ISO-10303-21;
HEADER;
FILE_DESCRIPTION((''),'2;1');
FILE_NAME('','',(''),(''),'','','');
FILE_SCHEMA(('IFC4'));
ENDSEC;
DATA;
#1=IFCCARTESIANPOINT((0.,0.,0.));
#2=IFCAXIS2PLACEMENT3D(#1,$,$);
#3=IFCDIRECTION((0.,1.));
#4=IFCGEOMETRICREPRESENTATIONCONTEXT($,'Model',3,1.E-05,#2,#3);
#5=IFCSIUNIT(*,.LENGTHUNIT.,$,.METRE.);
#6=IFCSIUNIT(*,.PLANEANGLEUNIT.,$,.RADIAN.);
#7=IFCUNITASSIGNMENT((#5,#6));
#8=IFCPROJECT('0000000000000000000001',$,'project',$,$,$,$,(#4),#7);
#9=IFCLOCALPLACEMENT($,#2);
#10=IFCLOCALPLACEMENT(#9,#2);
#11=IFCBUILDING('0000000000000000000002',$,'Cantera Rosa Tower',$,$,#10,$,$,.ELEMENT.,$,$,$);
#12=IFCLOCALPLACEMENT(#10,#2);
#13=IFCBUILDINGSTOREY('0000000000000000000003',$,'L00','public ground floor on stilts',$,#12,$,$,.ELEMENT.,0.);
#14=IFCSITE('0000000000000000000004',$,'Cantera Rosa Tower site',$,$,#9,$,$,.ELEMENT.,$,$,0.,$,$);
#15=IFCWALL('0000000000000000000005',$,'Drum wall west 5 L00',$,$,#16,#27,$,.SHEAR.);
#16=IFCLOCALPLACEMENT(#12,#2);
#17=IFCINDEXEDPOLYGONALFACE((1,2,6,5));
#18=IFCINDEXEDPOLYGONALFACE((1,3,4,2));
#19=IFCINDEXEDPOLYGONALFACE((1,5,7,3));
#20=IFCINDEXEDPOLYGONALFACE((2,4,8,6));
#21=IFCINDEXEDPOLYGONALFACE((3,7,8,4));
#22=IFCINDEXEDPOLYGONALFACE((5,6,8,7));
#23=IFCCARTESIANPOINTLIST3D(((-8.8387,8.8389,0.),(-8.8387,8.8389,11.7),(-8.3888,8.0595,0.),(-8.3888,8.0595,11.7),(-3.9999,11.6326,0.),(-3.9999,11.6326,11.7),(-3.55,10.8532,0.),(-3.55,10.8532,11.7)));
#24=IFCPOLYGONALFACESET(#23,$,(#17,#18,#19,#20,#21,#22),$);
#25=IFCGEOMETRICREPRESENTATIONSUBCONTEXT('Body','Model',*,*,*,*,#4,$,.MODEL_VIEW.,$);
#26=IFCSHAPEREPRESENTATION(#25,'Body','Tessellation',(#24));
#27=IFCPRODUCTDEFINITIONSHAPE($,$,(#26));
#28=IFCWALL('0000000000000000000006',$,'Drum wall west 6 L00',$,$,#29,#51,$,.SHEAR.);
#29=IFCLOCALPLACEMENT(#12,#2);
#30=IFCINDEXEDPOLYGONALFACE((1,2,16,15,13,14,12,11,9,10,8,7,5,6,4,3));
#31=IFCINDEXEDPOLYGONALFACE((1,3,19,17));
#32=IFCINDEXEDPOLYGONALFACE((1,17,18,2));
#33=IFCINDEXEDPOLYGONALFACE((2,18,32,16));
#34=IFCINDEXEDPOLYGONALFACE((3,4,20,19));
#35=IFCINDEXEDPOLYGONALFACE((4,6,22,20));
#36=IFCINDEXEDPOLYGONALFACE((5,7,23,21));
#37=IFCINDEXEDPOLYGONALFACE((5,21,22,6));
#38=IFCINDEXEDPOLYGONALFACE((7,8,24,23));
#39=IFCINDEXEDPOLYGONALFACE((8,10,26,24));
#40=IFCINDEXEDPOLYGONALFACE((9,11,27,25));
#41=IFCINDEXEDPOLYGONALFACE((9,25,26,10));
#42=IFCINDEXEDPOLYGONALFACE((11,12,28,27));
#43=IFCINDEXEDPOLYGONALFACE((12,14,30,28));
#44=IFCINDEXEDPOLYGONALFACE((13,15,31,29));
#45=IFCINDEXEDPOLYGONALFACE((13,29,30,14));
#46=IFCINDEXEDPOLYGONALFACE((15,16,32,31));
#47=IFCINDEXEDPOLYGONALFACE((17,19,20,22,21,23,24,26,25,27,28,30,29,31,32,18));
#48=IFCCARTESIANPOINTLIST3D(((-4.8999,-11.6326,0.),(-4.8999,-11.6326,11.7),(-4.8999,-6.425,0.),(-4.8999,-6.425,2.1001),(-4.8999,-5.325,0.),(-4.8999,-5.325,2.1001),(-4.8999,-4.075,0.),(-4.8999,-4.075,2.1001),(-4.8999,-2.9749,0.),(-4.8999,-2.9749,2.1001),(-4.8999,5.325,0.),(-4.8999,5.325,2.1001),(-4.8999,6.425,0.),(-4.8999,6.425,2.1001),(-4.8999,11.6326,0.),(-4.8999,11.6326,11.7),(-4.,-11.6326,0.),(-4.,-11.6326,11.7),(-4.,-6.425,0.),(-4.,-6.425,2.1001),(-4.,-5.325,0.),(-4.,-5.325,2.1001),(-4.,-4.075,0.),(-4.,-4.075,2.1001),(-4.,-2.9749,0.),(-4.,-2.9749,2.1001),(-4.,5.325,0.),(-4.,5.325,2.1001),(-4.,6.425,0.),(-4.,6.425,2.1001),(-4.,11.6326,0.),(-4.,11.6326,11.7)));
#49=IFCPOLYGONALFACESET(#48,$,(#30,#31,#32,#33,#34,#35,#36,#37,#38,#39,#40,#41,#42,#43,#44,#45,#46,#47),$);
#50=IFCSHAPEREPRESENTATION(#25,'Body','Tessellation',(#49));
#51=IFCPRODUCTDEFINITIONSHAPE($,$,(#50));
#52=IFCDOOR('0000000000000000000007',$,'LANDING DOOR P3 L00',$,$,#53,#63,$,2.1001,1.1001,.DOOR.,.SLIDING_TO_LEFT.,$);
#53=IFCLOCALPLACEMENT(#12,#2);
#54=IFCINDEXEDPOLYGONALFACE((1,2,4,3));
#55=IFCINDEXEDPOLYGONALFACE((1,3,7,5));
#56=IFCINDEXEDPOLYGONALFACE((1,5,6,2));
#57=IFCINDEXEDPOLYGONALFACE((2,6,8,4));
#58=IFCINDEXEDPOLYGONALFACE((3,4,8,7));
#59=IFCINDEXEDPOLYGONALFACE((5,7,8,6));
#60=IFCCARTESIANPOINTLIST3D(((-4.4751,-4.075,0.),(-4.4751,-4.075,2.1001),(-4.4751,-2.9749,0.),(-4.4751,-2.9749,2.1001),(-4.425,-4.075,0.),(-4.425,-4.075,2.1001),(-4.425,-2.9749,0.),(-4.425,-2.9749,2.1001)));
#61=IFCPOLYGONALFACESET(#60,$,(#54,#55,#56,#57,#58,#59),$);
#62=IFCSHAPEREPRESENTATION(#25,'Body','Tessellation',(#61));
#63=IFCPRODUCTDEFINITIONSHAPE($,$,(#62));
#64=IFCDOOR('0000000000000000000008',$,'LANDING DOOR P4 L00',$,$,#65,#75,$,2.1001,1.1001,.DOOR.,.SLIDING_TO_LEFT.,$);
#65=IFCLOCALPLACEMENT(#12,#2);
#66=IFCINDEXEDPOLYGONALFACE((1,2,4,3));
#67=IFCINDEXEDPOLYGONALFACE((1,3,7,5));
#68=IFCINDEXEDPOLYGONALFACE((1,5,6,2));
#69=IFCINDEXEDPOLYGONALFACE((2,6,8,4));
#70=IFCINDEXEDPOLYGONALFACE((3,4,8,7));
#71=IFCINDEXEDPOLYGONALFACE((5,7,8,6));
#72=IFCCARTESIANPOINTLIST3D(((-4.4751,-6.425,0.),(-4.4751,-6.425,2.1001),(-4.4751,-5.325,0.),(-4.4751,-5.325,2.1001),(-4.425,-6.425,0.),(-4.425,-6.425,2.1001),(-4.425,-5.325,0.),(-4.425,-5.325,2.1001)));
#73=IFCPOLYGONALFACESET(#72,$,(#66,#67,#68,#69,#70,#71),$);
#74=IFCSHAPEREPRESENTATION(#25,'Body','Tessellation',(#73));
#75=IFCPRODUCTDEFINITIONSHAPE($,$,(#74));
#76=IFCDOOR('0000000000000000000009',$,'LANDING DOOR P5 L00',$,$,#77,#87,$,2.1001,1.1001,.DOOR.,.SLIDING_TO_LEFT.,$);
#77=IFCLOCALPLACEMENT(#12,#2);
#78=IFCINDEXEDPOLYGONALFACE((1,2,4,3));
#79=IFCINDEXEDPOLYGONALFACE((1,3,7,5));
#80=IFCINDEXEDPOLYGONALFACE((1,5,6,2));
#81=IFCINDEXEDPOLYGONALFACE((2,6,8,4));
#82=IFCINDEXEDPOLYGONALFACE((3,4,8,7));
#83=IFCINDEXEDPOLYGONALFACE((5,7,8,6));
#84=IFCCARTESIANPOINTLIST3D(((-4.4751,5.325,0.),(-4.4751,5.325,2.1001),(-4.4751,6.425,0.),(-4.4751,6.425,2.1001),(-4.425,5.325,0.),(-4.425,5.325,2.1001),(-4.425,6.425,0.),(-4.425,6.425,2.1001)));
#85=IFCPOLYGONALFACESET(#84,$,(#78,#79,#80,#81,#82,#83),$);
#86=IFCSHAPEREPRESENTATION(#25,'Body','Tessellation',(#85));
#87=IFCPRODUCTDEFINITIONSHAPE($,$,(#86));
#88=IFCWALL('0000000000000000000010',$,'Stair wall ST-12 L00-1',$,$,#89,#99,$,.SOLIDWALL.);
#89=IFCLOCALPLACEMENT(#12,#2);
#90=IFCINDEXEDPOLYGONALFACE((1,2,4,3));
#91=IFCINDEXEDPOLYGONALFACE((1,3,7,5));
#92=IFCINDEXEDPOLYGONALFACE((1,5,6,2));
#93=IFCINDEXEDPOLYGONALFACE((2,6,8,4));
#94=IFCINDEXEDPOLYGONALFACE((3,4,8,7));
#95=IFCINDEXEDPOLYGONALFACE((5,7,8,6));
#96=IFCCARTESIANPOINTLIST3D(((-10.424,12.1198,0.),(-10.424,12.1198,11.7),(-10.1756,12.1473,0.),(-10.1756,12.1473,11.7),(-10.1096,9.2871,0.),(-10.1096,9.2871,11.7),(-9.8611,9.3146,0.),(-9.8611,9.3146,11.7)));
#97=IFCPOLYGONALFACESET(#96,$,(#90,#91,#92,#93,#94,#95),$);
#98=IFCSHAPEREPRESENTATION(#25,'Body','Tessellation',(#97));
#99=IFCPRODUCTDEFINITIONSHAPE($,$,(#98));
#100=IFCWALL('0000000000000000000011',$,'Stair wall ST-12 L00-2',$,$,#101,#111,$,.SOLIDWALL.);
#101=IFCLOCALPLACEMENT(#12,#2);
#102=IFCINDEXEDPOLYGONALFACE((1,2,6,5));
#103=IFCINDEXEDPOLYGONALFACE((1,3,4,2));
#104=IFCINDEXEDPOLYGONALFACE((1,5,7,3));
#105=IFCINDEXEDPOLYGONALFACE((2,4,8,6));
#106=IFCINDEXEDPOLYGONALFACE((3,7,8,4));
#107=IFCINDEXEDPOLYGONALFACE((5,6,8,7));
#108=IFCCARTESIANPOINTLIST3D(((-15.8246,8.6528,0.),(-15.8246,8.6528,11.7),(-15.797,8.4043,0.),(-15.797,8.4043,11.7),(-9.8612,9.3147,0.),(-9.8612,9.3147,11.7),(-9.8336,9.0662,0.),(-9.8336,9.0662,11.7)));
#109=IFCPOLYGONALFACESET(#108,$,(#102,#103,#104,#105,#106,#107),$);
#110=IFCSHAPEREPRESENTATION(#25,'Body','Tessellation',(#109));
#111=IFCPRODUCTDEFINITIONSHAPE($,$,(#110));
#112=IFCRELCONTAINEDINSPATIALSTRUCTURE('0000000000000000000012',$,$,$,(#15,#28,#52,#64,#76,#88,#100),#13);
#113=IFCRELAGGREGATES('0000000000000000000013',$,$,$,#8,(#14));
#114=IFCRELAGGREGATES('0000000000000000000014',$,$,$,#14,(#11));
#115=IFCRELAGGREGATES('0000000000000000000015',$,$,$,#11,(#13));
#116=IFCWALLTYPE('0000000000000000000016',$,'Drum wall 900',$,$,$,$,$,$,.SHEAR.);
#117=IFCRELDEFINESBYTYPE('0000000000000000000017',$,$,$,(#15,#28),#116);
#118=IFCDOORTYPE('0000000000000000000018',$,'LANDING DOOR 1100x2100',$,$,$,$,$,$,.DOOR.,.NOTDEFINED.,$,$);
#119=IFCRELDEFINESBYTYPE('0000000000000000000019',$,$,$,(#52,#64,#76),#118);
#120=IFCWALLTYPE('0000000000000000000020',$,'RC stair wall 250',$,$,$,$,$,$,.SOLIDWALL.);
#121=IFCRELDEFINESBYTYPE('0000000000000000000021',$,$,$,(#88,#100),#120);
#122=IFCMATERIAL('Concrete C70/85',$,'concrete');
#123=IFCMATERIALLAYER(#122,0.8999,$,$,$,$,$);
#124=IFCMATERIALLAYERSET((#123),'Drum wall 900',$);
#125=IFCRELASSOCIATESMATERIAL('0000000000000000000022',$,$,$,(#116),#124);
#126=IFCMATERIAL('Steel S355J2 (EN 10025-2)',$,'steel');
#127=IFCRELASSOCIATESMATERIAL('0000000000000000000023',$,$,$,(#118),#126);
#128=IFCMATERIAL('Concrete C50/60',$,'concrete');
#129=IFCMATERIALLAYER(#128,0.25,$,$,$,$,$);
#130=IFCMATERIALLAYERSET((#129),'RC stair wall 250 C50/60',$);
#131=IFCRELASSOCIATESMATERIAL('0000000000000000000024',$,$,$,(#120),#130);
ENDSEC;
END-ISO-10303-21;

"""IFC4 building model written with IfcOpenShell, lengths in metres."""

from ifc_helpers import new_model, si_unit, direction, frame, frame_2d, origin, place, context, subcontext, project, spatial, rectangle, extrude, material, layer, layer_set, type_object, element, fill, save


model = new_model("IFC4")

# Units and contexts
model_context = context("Model", 3, precision=1e-05, world=origin(), true_north=direction((0.0, 1.0)))
body_context = subcontext(model_context, "Body", "Model", "MODEL_VIEW")
ifc_project = project(units=[si_unit("LENGTHUNIT", "METRE"), si_unit("PLANEANGLEUNIT", "RADIAN")], contexts=[model_context])

# Site, building, storey
site_placement = place(None, origin())
site = spatial("IfcSite", under=ifc_project, at=site_placement, Name="Cantera Rosa Tower site", CompositionType="ELEMENT", RefElevation=0.0)
building_placement = place(site_placement, origin())
building = spatial("IfcBuilding", under=site, at=building_placement, Name="Cantera Rosa Tower", CompositionType="ELEMENT")
storey_placement = place(building_placement, origin())
storey = spatial("IfcBuildingStorey", under=building, at=storey_placement, Name="L00", Description="public ground floor on stilts", CompositionType="ELEMENT", Elevation=0.0)

# Wall
ifc_material_1 = material(Name="Concrete C70/85", Category="concrete")
ifc_layer_1 = layer(ifc_material_1, 0.8999)
ifc_layer_set_1 = layer_set([ifc_layer_1], Name="Drum wall 900")
wall_type_1 = type_object("IfcWallType", Name="Drum wall 900", PredefinedType="SHEAR", material=ifc_layer_set_1)
wall_1_placement = place(storey_placement, frame((-8.6138, 8.4492, 0.0), z_axis=(0.0, 0.0, 1.0), x_axis=(0.866027, 0.499997, 0.0)))
element("IfcWall", 1, at=wall_1_placement, inside=storey, type_object=wall_type_1, Name="Drum wall west 5 L00", PredefinedType="SHEAR", context=body_context, shape_type="SweptSolid", body=[
    extrude(rectangle(XDim=5.5874, YDim=0.8999, at=frame_2d((2.7937, 0.0))), origin(), (0.0, 0.0, 1.0), 11.7),
])

# Wall, openings, doors
wall_2_placement = place(storey_placement, frame((-4.45, 11.6326, 0.0), z_axis=(0.0, 0.0, 1.0), x_axis=(0.0, -1.0, 0.0)))
wall_2 = element("IfcWall", 2, at=wall_2_placement, inside=storey, type_object=wall_type_1, Name="Drum wall west 6 L00", PredefinedType="SHEAR", context=body_context, shape_type="SweptSolid", body=[
    extrude(rectangle(XDim=23.2651, YDim=0.8999, at=frame_2d((11.6326, 0.0))), origin(), (0.0, 0.0, 1.0), 11.7),
])
opening_1_placement = place(wall_2_placement, frame((14.6074, 0.0, 0.0)))
opening_1 = element("IfcOpeningElement", 3, at=opening_1_placement, cuts=wall_2, PredefinedType="OPENING", context=body_context, shape_type="SweptSolid", body=[
    extrude(rectangle(XDim=1.1001, YDim=2.1001, at=frame_2d((0.55, 1.05))), frame((0.0, 0.46, 0.0), z_axis=(0.0, -1.0, 0.0), x_axis=(1.0, 0.0, 0.0)), (0.0, 0.0, 1.0), 0.9199),
])
opening_2_placement = place(wall_2_placement, frame((16.9575, 0.0, 0.0)))
opening_2 = element("IfcOpeningElement", 4, at=opening_2_placement, cuts=wall_2, PredefinedType="OPENING", context=body_context, shape_type="SweptSolid", body=[
    extrude(rectangle(XDim=1.1001, YDim=2.1001, at=frame_2d((0.55, 1.05))), frame((0.0, 0.46, 0.0), z_axis=(0.0, -1.0, 0.0), x_axis=(1.0, 0.0, 0.0)), (0.0, 0.0, 1.0), 0.9199),
])
opening_3_placement = place(wall_2_placement, frame((5.2075, 0.0, 0.0)))
opening_3 = element("IfcOpeningElement", 5, at=opening_3_placement, cuts=wall_2, PredefinedType="OPENING", context=body_context, shape_type="SweptSolid", body=[
    extrude(rectangle(XDim=1.1001, YDim=2.1001, at=frame_2d((0.55, 1.05))), frame((0.0, 0.46, 0.0), z_axis=(0.0, -1.0, 0.0), x_axis=(1.0, 0.0, 0.0)), (0.0, 0.0, 1.0), 0.9199),
])
ifc_material_2 = material(Name="Steel S355J2 (EN 10025-2)", Category="steel")
door_type = type_object("IfcDoorType", Name="LANDING DOOR 1100x2100", OperationType="NOTDEFINED", PredefinedType="DOOR", material=ifc_material_2)
door_1_placement = place(opening_1_placement, origin())
door_1 = element("IfcDoor", 6, at=door_1_placement, inside=storey, type_object=door_type, Name="LANDING DOOR P3 L00", OperationType="SLIDING_TO_LEFT", OverallHeight=2.1001, OverallWidth=1.1001, PredefinedType="DOOR", context=body_context, shape_type="SweptSolid", body=[
    extrude(rectangle(XDim=1.1001, YDim=2.1001, at=frame_2d((0.55, 1.05))), frame((0.0, 0.0249, 0.0), z_axis=(0.0, -1.0, 0.0), x_axis=(1.0, 0.0, 0.0)), (0.0, 0.0, 1.0), 0.05),
])
fill(opening_1, door_1)
door_2_placement = place(opening_2_placement, origin())
door_2 = element("IfcDoor", 7, at=door_2_placement, inside=storey, type_object=door_type, Name="LANDING DOOR P4 L00", OperationType="SLIDING_TO_LEFT", OverallHeight=2.1001, OverallWidth=1.1001, PredefinedType="DOOR", context=body_context, shape_type="SweptSolid", body=[
    extrude(rectangle(XDim=1.1001, YDim=2.1001, at=frame_2d((0.55, 1.05))), frame((0.0, 0.0249, 0.0), z_axis=(0.0, -1.0, 0.0), x_axis=(1.0, 0.0, 0.0)), (0.0, 0.0, 1.0), 0.05),
])
fill(opening_2, door_2)
door_3_placement = place(opening_3_placement, origin())
door_3 = element("IfcDoor", 8, at=door_3_placement, inside=storey, type_object=door_type, Name="LANDING DOOR P5 L00", OperationType="SLIDING_TO_LEFT", OverallHeight=2.1001, OverallWidth=1.1001, PredefinedType="DOOR", context=body_context, shape_type="SweptSolid", body=[
    extrude(rectangle(XDim=1.1001, YDim=2.1001, at=frame_2d((0.55, 1.05))), frame((0.0, 0.0249, 0.0), z_axis=(0.0, -1.0, 0.0), x_axis=(1.0, 0.0, 0.0)), (0.0, 0.0, 1.0), 0.05),
])
fill(opening_3, door_3)

# Walls
ifc_material_3 = material(Name="Concrete C50/60", Category="concrete")
ifc_layer_2 = layer(ifc_material_3, 0.25)
ifc_layer_set_2 = layer_set([ifc_layer_2], Name="RC stair wall 250 C50/60")
wall_type_2 = type_object("IfcWallType", Name="RC stair wall 250", PredefinedType="SOLIDWALL", material=ifc_layer_set_2)
wall_3_placement = place(storey_placement, frame((-10.2998, 12.1335, 0.0), z_axis=(0.0, 0.0, 1.0), x_axis=(0.110328, -0.993895, 0.0)))
element("IfcWall", 9, at=wall_3_placement, inside=storey, type_object=wall_type_2, Name="Stair wall ST-12 L00-1", PredefinedType="SOLIDWALL", context=body_context, shape_type="SweptSolid", body=[
    extrude(rectangle(XDim=2.8501, YDim=0.25, at=frame_2d((1.425, 0.0))), origin(), (0.0, 0.0, 1.0), 11.7),
])
wall_4_placement = place(storey_placement, frame((-9.8474, 9.1904, 0.0), z_axis=(0.0, 0.0, 1.0), x_axis=(-0.993897, -0.110311, 0.0)))
element("IfcWall", 10, at=wall_4_placement, inside=storey, type_object=wall_type_2, Name="Stair wall ST-12 L00-2", PredefinedType="SOLIDWALL", context=body_context, shape_type="SweptSolid", body=[
    extrude(rectangle(XDim=6.0, YDim=0.25, at=frame_2d((3.0, 0.0))), origin(), (0.0, 0.0, 1.0), 11.7),
])

save(model, "model.ifc")
